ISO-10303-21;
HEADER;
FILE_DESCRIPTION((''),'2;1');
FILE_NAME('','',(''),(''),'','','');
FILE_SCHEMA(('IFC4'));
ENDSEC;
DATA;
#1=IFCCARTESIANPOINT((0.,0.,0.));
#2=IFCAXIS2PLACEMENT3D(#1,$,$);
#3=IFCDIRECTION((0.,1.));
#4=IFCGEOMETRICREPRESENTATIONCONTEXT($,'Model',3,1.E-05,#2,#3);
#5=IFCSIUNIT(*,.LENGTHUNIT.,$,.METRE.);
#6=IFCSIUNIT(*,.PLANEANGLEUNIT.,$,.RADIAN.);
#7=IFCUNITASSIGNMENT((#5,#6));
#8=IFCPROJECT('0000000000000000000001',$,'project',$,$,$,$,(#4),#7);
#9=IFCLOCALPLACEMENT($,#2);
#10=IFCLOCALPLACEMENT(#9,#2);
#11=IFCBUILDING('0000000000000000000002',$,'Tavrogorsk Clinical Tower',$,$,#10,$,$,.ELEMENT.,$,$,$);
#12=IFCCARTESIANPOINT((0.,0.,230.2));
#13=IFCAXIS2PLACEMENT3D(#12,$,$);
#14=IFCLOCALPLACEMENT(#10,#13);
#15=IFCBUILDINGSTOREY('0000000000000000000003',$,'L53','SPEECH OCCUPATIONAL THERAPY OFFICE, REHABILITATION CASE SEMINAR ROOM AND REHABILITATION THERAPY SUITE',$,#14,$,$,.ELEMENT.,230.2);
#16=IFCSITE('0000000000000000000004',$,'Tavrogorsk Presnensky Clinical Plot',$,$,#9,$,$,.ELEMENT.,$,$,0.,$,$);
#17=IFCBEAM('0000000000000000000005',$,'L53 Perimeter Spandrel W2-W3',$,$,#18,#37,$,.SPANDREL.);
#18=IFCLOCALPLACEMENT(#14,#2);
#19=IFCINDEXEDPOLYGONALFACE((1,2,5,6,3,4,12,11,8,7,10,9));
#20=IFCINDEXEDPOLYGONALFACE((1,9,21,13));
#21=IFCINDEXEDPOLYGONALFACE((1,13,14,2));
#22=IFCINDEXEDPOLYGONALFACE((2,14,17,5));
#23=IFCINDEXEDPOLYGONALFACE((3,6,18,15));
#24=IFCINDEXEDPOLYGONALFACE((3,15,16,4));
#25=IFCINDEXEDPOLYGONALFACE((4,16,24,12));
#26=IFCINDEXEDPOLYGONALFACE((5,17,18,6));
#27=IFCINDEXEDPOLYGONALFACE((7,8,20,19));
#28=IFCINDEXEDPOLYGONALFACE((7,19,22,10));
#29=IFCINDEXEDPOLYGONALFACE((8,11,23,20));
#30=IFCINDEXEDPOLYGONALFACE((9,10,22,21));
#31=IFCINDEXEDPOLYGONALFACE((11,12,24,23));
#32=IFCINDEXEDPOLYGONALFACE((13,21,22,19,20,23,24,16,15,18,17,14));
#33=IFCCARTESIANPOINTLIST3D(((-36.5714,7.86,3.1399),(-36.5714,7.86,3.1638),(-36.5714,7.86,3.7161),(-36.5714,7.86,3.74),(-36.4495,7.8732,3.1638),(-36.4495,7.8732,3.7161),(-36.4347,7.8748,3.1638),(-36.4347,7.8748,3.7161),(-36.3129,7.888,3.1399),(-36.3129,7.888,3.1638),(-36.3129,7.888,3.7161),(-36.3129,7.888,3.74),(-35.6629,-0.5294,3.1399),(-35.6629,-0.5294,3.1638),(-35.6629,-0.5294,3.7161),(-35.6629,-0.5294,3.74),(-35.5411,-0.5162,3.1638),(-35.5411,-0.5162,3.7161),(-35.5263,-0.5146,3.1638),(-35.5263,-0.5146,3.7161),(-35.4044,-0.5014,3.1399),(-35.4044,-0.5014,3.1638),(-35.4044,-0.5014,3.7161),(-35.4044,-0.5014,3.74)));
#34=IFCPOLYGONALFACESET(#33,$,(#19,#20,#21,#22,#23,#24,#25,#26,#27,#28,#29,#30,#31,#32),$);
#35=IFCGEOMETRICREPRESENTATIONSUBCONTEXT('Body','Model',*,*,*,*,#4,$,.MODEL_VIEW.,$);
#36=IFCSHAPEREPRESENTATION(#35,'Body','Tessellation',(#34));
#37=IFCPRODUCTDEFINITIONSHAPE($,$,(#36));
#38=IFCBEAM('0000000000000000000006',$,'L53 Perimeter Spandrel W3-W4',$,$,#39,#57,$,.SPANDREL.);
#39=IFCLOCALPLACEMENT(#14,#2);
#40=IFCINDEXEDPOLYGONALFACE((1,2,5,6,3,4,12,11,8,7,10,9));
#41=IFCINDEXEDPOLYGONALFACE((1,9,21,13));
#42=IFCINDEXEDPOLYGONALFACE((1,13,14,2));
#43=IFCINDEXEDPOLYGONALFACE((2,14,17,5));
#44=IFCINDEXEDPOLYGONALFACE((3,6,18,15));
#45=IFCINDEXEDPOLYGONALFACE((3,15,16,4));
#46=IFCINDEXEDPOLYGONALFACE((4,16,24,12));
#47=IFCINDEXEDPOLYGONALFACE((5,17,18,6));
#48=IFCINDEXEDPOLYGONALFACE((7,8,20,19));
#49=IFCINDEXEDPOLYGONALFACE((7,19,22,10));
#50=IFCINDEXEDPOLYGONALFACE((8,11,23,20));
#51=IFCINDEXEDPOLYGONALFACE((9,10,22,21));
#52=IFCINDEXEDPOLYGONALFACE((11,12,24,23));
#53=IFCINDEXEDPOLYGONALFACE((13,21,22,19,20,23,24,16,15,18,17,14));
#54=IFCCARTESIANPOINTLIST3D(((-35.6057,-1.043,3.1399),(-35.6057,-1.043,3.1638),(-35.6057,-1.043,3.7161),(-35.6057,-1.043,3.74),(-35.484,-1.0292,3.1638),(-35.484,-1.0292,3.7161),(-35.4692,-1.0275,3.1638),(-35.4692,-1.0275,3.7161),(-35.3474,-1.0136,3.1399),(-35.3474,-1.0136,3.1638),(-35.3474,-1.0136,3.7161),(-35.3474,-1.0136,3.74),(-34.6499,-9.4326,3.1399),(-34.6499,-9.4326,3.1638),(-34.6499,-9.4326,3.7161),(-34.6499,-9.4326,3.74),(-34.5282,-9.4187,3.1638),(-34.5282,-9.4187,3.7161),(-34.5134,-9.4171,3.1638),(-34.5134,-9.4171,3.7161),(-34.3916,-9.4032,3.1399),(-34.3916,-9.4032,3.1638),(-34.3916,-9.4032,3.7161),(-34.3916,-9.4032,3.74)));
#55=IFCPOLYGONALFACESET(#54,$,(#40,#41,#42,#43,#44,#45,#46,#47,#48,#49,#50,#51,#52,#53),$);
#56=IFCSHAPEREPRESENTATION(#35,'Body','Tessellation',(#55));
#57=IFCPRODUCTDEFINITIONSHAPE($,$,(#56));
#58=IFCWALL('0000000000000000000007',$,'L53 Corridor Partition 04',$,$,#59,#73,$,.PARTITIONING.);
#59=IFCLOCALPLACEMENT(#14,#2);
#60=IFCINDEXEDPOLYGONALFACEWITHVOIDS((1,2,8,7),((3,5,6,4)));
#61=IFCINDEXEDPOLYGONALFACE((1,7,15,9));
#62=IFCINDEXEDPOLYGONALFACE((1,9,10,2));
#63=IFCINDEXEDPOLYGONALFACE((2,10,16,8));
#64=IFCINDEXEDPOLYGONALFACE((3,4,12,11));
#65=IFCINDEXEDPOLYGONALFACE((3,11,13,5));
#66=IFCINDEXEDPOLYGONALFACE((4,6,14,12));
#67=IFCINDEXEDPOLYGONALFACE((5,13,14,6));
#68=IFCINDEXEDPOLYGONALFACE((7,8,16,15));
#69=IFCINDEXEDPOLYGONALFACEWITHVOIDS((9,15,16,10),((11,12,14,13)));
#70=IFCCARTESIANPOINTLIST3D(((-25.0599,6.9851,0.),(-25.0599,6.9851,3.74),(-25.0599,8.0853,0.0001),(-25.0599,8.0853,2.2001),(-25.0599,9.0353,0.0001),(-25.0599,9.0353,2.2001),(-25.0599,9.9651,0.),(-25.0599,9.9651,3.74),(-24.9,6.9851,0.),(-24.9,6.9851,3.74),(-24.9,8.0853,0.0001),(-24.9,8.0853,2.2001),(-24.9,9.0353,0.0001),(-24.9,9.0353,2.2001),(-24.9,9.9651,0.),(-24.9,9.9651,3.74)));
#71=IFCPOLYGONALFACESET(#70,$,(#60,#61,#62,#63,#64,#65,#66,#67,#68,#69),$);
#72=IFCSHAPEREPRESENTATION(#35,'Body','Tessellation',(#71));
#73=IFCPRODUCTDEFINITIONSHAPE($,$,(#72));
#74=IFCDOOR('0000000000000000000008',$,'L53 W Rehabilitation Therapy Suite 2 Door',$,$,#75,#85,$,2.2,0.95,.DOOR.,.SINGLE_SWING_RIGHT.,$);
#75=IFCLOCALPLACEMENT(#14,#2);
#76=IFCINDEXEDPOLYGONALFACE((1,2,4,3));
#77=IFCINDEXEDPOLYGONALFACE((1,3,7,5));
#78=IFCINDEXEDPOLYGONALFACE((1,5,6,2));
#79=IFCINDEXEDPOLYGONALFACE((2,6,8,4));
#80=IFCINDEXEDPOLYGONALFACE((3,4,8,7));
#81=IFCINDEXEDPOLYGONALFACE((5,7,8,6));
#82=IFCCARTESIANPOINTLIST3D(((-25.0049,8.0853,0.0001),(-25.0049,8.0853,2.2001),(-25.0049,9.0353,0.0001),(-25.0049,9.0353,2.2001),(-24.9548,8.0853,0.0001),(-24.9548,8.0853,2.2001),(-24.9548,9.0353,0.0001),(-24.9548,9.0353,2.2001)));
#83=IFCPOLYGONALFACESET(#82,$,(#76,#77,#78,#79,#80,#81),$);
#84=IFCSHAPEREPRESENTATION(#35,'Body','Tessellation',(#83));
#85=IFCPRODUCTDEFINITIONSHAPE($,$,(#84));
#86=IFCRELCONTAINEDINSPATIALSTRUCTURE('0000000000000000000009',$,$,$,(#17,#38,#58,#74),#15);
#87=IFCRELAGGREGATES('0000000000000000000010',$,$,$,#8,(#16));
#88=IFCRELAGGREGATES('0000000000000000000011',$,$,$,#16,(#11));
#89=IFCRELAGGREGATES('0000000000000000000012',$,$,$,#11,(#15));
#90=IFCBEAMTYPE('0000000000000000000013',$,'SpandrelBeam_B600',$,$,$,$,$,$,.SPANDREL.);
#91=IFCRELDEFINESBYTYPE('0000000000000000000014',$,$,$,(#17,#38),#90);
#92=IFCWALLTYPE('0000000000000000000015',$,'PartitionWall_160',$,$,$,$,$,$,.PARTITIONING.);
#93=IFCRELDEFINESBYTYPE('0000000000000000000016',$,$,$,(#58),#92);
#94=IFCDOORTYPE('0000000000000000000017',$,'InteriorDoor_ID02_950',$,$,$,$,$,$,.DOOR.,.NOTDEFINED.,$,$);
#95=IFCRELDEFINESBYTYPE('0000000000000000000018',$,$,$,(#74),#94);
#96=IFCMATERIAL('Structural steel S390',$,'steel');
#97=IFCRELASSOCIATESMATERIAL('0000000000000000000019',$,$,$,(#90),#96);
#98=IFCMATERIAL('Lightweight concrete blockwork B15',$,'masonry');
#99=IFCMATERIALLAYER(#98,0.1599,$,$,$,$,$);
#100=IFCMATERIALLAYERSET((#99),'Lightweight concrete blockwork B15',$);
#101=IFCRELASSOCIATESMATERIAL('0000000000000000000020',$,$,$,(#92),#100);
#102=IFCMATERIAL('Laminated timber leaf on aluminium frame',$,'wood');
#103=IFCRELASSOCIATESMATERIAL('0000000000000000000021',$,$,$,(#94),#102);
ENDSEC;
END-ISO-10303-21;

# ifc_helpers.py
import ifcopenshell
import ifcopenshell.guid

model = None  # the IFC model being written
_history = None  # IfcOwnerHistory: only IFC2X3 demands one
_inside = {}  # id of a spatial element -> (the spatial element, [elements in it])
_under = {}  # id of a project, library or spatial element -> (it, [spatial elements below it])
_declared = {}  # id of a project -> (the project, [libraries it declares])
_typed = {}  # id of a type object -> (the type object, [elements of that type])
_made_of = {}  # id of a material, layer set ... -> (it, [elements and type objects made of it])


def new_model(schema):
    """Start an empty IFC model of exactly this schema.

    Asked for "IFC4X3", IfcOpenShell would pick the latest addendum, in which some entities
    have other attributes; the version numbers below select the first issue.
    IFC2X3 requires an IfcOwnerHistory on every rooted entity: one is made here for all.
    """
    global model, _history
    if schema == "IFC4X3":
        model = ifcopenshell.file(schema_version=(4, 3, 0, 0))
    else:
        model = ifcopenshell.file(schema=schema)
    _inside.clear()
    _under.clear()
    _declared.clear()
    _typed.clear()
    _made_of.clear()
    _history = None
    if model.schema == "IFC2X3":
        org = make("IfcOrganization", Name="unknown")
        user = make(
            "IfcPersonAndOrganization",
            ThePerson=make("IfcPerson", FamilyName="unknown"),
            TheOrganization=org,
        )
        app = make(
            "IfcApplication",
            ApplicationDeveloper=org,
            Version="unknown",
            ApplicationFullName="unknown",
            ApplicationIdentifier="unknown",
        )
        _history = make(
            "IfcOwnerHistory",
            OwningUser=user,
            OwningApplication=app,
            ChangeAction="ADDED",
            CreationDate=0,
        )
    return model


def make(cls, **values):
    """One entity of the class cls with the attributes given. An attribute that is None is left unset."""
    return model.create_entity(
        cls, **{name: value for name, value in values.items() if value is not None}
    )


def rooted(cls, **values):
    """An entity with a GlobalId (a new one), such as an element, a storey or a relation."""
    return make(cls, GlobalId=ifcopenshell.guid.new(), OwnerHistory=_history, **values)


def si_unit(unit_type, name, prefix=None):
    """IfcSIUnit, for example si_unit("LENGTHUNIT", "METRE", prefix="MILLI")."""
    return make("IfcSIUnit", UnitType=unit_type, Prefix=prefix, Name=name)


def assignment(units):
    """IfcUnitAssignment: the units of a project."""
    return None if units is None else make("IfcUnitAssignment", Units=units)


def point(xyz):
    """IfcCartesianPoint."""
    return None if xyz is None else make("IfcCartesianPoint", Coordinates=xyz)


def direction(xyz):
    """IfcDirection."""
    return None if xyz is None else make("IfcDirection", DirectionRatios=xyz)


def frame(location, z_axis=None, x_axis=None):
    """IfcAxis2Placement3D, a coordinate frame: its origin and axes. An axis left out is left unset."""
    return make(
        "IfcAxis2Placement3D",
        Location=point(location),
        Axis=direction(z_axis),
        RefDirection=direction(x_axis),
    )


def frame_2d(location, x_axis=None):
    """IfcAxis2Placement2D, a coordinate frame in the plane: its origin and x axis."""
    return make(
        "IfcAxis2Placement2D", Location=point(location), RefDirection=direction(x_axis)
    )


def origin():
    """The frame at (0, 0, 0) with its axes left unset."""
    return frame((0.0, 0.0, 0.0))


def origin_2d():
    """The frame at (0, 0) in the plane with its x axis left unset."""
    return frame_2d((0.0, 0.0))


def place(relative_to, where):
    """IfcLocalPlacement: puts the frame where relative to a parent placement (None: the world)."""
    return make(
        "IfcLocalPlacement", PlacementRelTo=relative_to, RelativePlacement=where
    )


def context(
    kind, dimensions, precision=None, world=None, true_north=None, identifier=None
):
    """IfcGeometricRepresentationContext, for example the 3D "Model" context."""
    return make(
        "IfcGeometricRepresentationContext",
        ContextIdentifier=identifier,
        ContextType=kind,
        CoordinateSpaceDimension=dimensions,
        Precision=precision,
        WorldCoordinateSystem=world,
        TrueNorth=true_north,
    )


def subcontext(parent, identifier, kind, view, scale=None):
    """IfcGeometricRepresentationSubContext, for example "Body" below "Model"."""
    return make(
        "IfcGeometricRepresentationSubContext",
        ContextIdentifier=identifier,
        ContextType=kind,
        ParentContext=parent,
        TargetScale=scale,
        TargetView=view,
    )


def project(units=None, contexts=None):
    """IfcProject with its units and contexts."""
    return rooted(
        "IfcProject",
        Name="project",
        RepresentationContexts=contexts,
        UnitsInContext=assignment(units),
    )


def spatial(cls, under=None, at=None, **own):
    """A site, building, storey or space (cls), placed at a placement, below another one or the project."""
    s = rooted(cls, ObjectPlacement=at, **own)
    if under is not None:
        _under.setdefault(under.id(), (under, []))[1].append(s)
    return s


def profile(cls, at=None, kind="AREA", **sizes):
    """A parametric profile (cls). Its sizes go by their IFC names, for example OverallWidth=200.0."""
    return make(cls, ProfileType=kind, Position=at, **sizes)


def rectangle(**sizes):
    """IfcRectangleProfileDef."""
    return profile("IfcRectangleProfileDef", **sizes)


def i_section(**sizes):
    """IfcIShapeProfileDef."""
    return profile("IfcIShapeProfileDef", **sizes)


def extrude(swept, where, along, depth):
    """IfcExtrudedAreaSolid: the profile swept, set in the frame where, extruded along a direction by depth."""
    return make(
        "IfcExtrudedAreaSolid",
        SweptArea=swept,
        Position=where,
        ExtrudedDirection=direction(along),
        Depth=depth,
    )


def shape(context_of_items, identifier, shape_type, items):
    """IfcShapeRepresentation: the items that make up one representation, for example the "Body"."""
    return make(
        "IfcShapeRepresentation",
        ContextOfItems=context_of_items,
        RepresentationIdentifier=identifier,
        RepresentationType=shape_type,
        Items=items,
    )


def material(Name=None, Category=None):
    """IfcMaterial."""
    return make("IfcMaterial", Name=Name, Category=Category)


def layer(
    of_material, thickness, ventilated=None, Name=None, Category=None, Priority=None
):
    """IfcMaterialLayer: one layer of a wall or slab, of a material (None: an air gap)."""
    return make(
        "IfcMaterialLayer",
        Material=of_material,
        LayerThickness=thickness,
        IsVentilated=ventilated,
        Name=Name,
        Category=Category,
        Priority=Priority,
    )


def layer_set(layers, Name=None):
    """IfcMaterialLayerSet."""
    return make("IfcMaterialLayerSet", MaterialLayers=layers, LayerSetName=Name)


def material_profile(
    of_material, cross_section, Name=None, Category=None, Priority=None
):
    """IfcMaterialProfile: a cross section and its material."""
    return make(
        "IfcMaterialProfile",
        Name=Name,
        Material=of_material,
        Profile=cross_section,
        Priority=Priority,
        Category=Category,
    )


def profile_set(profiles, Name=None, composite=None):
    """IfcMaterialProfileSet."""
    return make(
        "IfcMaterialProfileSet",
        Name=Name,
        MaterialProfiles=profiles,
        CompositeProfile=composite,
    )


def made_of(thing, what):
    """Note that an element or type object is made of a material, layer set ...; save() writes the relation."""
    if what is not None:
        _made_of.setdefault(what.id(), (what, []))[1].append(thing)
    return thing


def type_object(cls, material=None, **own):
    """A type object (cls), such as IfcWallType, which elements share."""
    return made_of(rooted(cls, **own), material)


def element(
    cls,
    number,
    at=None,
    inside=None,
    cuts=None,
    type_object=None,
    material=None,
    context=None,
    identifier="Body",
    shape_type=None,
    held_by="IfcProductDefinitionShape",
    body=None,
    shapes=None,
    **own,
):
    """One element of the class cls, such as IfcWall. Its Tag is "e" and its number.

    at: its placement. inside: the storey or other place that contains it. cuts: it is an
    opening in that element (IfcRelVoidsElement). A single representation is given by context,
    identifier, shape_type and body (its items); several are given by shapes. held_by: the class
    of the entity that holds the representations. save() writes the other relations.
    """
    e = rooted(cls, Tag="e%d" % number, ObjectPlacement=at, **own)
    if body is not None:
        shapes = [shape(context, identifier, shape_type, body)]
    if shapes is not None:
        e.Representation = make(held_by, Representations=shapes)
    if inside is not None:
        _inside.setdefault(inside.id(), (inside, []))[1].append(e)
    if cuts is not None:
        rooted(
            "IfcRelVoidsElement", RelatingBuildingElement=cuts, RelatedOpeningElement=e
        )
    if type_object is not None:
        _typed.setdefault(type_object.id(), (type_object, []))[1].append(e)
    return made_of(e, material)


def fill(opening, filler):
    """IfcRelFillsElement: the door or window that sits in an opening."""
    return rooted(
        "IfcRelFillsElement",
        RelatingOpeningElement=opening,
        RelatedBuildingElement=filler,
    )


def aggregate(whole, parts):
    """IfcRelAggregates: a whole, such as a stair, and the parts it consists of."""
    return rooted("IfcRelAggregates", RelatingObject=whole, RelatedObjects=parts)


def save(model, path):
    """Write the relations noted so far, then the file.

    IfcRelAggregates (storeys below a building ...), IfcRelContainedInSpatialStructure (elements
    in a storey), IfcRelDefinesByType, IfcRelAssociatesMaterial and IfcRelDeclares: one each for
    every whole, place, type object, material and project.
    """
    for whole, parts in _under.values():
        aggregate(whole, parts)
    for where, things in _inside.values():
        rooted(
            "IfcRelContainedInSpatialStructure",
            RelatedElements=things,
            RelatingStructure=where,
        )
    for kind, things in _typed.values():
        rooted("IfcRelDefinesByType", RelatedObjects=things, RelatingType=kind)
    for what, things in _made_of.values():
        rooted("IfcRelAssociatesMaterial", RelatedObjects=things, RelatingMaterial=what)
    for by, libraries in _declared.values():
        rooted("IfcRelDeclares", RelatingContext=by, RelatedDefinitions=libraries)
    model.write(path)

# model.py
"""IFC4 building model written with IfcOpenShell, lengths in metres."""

from ifc_helpers import new_model, si_unit, direction, frame, frame_2d, origin, origin_2d, place, context, subcontext, project, spatial, rectangle, i_section, extrude, material, layer, layer_set, material_profile, profile_set, type_object, element, fill, save


model = new_model("IFC4")

# Units and contexts
model_context = context("Model", 3, precision=1e-05, world=origin(), true_north=direction((0.0, 1.0)))
body_context = subcontext(model_context, "Body", "Model", "MODEL_VIEW")
ifc_project = project(units=[si_unit("LENGTHUNIT", "METRE"), si_unit("PLANEANGLEUNIT", "RADIAN")], contexts=[model_context])

# Site, building, storey
site_placement = place(None, origin())
site = spatial("IfcSite", under=ifc_project, at=site_placement, Name="Tavrogorsk Presnensky Clinical Plot", CompositionType="ELEMENT", RefElevation=0.0)
building_placement = place(site_placement, origin())
building = spatial("IfcBuilding", under=site, at=building_placement, Name="Tavrogorsk Clinical Tower", CompositionType="ELEMENT")
storey_placement = place(building_placement, frame((0.0, 0.0, 230.2)))
storey = spatial("IfcBuildingStorey", under=building, at=storey_placement, Name="L53", Description="SPEECH OCCUPATIONAL THERAPY OFFICE, REHABILITATION CASE SEMINAR ROOM AND REHABILITATION THERAPY SUITE", CompositionType="ELEMENT", Elevation=230.2)

# Beams
ifc_material_1 = material(Name="Structural steel S390", Category="steel")
ifc_material_profile_1 = material_profile(ifc_material_1, i_section(OverallWidth=0.26, OverallDepth=0.6001, WebThickness=0.0149, FlangeThickness=0.0239, at=origin_2d()), Name="B-600x260x15x24")
ifc_profile_set_1 = profile_set([ifc_material_profile_1], Name="Structural steel S390")
beam_type_1 = type_object("IfcBeamType", Name="SpandrelBeam_B600", PredefinedType="SPANDREL", material=ifc_profile_set_1)
beam_1_placement = place(storey_placement, frame((-36.4421, 7.874, 3.4399), z_axis=(0.107656, -0.994188, 0.0), x_axis=(0.994188, 0.107656, 0.0)))
element("IfcBeam", 1, at=beam_1_placement, inside=storey, type_object=beam_type_1, Name="L53 Perimeter Spandrel W2-W3", PredefinedType="SPANDREL", context=body_context, shape_type="SweptSolid", body=[
    extrude(i_section(OverallWidth=0.26, OverallDepth=0.6001, WebThickness=0.0149, FlangeThickness=0.0239, at=origin_2d()), origin(), (0.0, 0.0, 1.0), 8.4385),
])
beam_2_placement = place(storey_placement, frame((-35.4766, -1.0283, 3.4399), z_axis=(0.113195, -0.993573, 0.0), x_axis=(0.993573, 0.113195, 0.0)))
element("IfcBeam", 2, at=beam_2_placement, inside=storey, type_object=beam_type_1, Name="L53 Perimeter Spandrel W3-W4", PredefinedType="SPANDREL", context=body_context, shape_type="SweptSolid", body=[
    extrude(i_section(OverallWidth=0.26, OverallDepth=0.6001, WebThickness=0.0149, FlangeThickness=0.0239, at=origin_2d()), origin(), (0.0, 0.0, 1.0), 8.4438),
])

# Wall, opening, door
ifc_material_2 = material(Name="Lightweight concrete blockwork B15", Category="masonry")
ifc_layer_1 = layer(ifc_material_2, 0.1599)
ifc_layer_set_1 = layer_set([ifc_layer_1], Name="Lightweight concrete blockwork B15")
wall_type_1 = type_object("IfcWallType", Name="PartitionWall_160", PredefinedType="PARTITIONING", material=ifc_layer_set_1)
wall_1_placement = place(storey_placement, frame((-24.98, 6.9851, 0.0), z_axis=(0.0, 0.0, 1.0), x_axis=(0.0, 1.0, 0.0)))
wall_1 = element("IfcWall", 3, at=wall_1_placement, inside=storey, type_object=wall_type_1, Name="L53 Corridor Partition 04", PredefinedType="PARTITIONING", context=body_context, shape_type="SweptSolid", body=[
    extrude(rectangle(XDim=2.98, YDim=0.1599, at=frame_2d((1.49, 0.0))), origin(), (0.0, 0.0, 1.0), 3.74),
])
opening_1_placement = place(wall_1_placement, frame((1.1001, 0.0, 0.0)))
opening_1 = element("IfcOpeningElement", 4, at=opening_1_placement, cuts=wall_1, PredefinedType="OPENING", context=body_context, shape_type="SweptSolid", body=[
    extrude(rectangle(XDim=0.95, YDim=2.2, at=frame_2d((0.4751, 1.1001))), frame((0.0, 0.0898, 0.0), z_axis=(0.0, -1.0, 0.0), x_axis=(1.0, 0.0, 0.0)), (0.0, 0.0, 1.0), 0.1799),
])
ifc_material_3 = material(Name="Laminated timber leaf on aluminium frame", Category="wood")
door_type_1 = type_object("IfcDoorType", Name="InteriorDoor_ID02_950", OperationType="NOTDEFINED", PredefinedType="DOOR", material=ifc_material_3)
door_1_placement = place(opening_1_placement, origin())
door_1 = element("IfcDoor", 5, at=door_1_placement, inside=storey, type_object=door_type_1, Name="L53 W Rehabilitation Therapy Suite 2 Door", OperationType="SINGLE_SWING_RIGHT", OverallHeight=2.2, OverallWidth=0.95, PredefinedType="DOOR", context=body_context, shape_type="SweptSolid", body=[
    extrude(rectangle(XDim=0.95, YDim=2.2, at=frame_2d((0.4751, 1.1001))), frame((0.0, 0.0249, 0.0), z_axis=(0.0, -1.0, 0.0), x_axis=(1.0, 0.0, 0.0)), (0.0, 0.0, 1.0), 0.05),
])
fill(opening_1, door_1)

save(model, "model.ifc")
